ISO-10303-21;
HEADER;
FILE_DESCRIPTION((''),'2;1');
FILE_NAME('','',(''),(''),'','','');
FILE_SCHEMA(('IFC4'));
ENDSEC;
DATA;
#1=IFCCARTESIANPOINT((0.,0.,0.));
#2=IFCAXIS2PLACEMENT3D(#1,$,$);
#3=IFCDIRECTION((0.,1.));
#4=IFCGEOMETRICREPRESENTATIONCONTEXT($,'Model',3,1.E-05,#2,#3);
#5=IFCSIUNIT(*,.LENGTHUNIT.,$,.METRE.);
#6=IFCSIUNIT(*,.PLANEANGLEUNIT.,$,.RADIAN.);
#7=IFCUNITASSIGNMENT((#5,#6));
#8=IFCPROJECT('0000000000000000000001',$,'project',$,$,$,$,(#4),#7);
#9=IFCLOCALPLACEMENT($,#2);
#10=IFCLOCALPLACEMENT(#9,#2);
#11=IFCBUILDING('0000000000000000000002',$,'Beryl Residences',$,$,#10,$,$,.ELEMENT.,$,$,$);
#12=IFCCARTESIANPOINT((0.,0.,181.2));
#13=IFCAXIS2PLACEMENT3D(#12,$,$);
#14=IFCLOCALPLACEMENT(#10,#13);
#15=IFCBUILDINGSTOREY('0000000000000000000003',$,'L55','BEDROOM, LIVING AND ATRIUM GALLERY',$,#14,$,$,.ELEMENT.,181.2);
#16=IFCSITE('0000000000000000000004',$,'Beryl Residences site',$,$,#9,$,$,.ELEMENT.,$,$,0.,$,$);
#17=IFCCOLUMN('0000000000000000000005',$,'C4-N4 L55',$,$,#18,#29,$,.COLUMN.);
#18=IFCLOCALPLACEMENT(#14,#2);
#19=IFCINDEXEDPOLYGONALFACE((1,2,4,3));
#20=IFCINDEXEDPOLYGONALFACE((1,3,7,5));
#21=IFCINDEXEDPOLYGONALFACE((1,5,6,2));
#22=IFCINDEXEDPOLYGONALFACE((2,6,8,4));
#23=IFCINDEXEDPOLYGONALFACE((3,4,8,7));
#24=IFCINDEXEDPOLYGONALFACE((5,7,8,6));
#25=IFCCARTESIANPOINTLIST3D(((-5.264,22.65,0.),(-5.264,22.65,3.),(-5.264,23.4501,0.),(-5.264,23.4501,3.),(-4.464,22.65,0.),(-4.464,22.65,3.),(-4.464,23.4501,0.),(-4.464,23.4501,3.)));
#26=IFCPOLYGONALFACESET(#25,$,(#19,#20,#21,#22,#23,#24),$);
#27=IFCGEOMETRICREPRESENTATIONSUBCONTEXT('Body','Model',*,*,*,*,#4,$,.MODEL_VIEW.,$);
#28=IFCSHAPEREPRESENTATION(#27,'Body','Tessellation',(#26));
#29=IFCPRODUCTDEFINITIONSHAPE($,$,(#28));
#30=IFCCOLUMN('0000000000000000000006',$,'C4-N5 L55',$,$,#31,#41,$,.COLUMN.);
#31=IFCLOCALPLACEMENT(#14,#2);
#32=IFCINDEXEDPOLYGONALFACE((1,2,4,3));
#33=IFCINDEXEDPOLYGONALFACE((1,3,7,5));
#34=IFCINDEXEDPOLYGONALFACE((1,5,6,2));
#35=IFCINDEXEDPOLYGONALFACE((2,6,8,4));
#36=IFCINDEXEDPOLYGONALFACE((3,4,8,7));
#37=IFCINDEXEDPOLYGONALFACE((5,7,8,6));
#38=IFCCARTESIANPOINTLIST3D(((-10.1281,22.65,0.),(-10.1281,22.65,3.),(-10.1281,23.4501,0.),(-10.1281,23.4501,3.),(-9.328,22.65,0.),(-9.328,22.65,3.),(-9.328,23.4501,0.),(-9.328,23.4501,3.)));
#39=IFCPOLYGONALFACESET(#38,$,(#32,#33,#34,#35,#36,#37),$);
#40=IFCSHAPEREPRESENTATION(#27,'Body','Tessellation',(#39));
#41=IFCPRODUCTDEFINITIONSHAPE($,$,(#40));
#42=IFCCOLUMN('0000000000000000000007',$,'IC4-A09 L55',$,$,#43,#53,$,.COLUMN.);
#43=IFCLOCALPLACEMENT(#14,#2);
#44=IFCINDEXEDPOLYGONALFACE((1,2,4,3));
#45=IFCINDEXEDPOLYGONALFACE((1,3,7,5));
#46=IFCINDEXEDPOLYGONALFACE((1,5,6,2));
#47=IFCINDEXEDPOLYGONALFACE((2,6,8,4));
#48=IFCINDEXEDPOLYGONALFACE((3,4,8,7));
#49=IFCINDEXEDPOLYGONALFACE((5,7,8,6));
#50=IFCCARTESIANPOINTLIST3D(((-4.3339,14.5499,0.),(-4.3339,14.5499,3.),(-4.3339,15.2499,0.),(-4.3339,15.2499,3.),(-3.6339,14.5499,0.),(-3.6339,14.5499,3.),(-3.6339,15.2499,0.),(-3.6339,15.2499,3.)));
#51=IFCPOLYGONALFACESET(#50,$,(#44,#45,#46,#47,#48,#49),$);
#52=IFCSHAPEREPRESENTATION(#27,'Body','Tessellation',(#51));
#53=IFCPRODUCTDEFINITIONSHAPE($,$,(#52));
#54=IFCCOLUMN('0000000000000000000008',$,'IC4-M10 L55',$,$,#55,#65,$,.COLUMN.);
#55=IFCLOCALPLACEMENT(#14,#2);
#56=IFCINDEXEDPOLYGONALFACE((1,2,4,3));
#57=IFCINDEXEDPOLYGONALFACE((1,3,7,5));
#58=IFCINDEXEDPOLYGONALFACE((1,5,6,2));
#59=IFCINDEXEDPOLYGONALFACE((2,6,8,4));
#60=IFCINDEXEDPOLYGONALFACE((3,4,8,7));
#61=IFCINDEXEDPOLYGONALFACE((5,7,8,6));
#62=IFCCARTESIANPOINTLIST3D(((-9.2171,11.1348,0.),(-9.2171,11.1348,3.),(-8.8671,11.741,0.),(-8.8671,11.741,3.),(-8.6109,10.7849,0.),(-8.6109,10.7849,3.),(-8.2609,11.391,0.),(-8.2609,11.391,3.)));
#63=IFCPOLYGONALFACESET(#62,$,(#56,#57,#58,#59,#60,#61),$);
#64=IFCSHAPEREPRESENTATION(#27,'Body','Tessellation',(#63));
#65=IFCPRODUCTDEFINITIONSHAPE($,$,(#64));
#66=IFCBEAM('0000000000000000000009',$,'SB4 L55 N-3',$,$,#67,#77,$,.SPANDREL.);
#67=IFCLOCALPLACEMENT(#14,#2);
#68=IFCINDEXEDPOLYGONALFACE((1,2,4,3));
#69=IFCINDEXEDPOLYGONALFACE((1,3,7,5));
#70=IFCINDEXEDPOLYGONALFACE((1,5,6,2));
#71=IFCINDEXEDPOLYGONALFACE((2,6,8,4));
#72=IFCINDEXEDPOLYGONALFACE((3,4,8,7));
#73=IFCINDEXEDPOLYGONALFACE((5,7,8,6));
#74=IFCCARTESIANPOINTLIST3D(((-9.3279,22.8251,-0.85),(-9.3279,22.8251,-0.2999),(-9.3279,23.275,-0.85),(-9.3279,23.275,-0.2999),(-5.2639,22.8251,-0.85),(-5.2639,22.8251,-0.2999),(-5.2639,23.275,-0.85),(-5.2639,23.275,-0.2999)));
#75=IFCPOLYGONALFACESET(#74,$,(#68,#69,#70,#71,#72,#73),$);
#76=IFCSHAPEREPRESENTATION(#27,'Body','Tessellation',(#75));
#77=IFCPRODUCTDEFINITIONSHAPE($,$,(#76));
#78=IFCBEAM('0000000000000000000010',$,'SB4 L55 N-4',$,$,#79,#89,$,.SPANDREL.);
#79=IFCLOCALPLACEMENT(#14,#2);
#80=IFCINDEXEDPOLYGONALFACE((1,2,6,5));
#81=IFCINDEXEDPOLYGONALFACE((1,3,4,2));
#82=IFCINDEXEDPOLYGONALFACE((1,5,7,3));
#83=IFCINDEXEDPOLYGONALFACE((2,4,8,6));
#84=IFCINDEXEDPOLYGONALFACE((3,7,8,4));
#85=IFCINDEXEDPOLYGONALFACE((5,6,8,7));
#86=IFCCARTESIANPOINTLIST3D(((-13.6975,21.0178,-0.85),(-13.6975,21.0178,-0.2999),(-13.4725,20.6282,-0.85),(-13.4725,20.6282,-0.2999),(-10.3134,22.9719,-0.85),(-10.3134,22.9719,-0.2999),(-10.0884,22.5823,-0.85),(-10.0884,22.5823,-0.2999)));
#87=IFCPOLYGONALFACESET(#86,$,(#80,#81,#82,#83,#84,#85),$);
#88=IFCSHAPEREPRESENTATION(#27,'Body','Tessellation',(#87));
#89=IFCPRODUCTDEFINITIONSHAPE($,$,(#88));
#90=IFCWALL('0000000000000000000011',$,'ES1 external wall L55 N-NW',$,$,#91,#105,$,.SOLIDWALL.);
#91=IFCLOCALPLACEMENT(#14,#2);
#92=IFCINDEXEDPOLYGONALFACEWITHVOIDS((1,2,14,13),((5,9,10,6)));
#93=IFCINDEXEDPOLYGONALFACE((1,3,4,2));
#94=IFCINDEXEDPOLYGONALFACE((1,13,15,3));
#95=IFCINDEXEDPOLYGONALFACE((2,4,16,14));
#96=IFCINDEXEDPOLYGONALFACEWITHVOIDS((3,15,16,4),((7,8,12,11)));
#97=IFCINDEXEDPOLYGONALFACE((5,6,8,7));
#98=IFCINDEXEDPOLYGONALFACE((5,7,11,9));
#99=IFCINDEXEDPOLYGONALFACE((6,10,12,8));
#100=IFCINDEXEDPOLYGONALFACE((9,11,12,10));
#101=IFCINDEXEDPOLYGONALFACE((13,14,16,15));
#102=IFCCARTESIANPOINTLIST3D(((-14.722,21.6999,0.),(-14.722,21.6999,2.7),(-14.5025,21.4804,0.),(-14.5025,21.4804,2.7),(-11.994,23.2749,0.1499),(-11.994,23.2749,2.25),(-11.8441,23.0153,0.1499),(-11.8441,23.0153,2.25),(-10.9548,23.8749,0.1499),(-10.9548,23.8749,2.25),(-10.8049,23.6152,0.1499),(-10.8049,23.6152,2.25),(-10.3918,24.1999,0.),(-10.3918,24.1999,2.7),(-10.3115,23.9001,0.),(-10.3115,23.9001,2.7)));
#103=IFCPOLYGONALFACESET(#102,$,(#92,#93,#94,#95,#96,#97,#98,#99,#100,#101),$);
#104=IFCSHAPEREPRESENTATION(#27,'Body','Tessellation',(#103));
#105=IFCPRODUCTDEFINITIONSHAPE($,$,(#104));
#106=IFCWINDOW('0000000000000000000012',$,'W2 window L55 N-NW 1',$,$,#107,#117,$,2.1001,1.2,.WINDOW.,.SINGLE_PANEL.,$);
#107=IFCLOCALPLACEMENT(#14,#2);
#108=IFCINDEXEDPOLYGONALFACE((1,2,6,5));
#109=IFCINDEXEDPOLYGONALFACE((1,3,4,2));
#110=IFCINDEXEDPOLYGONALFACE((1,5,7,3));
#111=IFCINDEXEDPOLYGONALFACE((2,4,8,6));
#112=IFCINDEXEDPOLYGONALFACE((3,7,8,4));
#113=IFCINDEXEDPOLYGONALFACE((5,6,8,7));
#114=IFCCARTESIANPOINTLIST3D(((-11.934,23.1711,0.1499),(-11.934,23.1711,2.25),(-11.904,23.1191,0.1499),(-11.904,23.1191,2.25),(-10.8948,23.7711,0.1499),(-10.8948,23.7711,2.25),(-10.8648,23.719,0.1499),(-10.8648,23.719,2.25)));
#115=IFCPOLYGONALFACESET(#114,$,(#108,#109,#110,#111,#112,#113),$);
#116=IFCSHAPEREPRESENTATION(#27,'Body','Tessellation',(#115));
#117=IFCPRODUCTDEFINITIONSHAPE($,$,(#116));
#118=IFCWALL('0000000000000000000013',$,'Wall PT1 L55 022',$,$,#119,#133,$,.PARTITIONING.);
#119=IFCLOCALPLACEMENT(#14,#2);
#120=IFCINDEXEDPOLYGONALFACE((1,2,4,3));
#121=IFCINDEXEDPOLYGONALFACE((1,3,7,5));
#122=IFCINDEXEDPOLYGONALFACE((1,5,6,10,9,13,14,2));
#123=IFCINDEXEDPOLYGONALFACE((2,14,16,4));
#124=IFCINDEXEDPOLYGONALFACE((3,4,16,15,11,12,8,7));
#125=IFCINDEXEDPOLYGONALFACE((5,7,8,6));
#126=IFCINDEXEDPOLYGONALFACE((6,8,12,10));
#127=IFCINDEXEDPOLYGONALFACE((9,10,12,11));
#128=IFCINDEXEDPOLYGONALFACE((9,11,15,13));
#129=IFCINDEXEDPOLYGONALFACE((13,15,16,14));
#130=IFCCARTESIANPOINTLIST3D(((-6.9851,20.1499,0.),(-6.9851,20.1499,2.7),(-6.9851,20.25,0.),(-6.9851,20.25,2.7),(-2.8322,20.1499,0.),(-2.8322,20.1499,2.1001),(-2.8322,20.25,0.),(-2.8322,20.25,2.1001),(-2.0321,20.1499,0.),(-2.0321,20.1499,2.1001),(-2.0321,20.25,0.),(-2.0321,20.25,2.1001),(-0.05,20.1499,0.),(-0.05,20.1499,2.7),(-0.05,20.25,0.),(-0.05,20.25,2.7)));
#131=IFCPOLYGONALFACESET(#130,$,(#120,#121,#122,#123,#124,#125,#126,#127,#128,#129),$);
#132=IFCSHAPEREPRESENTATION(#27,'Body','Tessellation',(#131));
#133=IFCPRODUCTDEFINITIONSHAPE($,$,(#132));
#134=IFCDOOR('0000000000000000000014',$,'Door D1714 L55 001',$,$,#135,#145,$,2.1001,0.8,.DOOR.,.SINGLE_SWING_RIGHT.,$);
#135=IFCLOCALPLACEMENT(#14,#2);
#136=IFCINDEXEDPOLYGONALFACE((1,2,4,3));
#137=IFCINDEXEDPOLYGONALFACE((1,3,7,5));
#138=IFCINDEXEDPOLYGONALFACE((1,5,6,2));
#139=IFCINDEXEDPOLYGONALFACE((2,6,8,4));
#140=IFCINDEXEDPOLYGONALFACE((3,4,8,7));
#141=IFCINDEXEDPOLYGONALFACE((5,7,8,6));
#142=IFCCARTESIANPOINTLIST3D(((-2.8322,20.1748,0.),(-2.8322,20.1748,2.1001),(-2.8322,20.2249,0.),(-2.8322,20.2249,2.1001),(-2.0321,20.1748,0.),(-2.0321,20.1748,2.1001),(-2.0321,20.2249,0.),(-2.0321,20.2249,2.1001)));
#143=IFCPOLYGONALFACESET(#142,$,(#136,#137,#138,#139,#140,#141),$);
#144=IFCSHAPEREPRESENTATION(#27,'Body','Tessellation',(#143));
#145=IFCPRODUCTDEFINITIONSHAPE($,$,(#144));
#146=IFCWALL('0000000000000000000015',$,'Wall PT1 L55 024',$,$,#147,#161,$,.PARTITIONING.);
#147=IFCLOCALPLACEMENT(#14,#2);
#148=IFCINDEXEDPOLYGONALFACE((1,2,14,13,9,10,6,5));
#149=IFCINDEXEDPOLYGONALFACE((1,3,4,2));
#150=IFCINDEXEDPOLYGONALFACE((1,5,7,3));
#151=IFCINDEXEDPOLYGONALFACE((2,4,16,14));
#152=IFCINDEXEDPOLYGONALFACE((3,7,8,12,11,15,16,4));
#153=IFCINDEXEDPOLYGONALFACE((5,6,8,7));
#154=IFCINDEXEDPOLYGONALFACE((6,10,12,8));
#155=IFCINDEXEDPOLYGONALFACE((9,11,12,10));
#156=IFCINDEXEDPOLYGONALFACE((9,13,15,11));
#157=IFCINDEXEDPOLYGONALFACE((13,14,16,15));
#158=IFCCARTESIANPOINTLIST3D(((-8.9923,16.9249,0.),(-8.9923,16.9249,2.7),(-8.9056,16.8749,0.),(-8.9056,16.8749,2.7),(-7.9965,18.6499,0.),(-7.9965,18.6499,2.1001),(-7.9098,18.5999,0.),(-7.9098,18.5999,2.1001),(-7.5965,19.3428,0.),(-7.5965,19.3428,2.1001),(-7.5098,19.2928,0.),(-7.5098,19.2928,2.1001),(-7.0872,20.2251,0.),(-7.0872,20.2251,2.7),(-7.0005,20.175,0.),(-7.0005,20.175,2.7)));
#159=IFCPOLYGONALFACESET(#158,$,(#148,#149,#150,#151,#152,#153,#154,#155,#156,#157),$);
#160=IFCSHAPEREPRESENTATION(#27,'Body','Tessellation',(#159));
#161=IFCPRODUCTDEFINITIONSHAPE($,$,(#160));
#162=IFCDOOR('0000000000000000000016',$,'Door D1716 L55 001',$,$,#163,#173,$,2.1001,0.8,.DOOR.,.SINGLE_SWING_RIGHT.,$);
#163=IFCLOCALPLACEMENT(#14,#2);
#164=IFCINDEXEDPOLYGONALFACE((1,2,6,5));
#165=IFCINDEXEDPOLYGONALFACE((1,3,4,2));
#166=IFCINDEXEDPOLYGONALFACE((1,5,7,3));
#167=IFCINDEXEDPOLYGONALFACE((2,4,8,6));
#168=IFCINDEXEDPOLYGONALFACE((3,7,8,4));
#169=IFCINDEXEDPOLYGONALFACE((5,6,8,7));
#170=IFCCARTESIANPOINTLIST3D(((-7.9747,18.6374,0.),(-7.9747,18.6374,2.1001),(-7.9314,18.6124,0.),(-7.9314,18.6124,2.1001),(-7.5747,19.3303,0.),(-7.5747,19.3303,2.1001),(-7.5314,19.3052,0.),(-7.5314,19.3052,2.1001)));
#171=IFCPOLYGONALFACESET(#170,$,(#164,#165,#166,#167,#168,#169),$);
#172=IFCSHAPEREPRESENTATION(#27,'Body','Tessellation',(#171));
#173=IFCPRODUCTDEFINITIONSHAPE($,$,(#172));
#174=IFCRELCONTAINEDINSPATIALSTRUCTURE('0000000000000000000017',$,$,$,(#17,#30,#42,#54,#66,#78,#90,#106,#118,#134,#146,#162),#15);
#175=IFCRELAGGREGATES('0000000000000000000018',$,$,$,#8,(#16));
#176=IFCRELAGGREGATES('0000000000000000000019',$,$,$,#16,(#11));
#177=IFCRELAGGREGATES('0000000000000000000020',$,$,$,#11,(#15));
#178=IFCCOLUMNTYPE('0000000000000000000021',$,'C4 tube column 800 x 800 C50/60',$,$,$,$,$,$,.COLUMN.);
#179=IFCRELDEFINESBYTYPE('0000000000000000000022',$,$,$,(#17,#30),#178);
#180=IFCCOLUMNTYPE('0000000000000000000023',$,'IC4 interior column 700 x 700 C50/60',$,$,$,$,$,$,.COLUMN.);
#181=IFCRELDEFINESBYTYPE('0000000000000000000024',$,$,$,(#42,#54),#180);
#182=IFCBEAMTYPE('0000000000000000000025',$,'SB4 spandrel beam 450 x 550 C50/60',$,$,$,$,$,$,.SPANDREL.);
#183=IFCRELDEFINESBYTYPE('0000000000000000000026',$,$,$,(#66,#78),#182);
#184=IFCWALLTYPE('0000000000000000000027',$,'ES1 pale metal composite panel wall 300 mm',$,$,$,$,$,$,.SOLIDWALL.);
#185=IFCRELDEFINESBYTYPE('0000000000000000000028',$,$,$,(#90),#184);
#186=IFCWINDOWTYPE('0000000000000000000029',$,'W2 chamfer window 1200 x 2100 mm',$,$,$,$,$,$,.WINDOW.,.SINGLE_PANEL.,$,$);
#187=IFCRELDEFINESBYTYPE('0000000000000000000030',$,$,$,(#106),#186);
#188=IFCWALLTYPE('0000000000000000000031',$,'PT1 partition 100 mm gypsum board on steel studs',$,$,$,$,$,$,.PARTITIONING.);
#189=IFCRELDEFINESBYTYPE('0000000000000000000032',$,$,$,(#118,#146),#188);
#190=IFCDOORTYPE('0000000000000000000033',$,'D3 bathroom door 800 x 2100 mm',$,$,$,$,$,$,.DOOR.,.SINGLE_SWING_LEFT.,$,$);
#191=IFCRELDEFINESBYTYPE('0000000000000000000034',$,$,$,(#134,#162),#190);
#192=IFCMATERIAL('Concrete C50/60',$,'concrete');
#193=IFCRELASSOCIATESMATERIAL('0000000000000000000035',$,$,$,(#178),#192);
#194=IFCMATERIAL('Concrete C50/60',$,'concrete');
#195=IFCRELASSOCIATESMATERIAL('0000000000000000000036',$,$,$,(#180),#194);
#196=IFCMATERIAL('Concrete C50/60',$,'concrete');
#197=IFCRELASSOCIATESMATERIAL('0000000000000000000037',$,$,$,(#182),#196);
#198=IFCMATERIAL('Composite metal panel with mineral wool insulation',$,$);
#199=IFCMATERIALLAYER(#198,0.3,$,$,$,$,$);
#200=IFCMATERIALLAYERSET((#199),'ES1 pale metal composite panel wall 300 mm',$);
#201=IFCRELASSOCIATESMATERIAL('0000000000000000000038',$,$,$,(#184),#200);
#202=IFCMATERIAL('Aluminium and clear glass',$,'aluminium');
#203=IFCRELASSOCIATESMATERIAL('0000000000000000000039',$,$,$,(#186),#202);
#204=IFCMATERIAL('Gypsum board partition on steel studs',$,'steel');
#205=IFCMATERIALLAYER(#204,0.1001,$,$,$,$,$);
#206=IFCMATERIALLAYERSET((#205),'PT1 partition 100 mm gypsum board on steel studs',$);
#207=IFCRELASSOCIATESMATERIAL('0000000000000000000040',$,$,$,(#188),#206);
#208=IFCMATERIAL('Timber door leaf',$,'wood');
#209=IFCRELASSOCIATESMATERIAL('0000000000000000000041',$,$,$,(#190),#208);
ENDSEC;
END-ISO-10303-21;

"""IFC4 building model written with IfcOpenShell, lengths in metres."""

from ifc_helpers import new_model, si_unit, direction, frame, frame_2d, origin, origin_2d, place, context, subcontext, project, spatial, polyline, rectangle, outline, extrude, material, layer, layer_set, material_profile, profile_set, type_object, element, fill, save


model = new_model("IFC4")

# Units and contexts
model_context = context("Model", 3, precision=1e-05, world=origin(), true_north=direction((0.0, 1.0)))
body_context = subcontext(model_context, "Body", "Model", "MODEL_VIEW")
ifc_project = project(units=[si_unit("LENGTHUNIT", "METRE"), si_unit("PLANEANGLEUNIT", "RADIAN")], contexts=[model_context])

# Site, building, storey
site_placement = place(None, origin())
site = spatial("IfcSite", under=ifc_project, at=site_placement, Name="Beryl Residences site", CompositionType="ELEMENT", RefElevation=0.0)
building_placement = place(site_placement, origin())
building = spatial("IfcBuilding", under=site, at=building_placement, Name="Beryl Residences", CompositionType="ELEMENT")
storey_placement = place(building_placement, frame((0.0, 0.0, 181.2)))
storey = spatial("IfcBuildingStorey", under=building, at=storey_placement, Name="L55", Description="BEDROOM, LIVING AND ATRIUM GALLERY", CompositionType="ELEMENT", Elevation=181.2)

# Columns
ifc_material_1 = material(Name="Concrete C50/60", Category="concrete")
ifc_material_profile_1 = material_profile(ifc_material_1, rectangle(XDim=0.8, YDim=0.8, at=origin_2d()))
ifc_profile_set_1 = profile_set([ifc_material_profile_1], Name="Concrete C50/60")
column_type_1 = type_object("IfcColumnType", Name="C4 tube column 800 x 800 C50/60", PredefinedType="COLUMN", material=ifc_profile_set_1)
for number, where, z_axis, x_axis, name in (
    (1, (-4.864, 23.05, 0.0), (0.0, 0.0, 1.0), (-1.0, 0.0, 0.0), "C4-N4 L55"),
    (2, (-9.728, 23.05, 0.0), (0.0, 0.0, 1.0), (-1.0, 0.0, 0.0), "C4-N5 L55"),
):
    element("IfcColumn", number, at=place(storey_placement, frame(where, z_axis=z_axis, x_axis=x_axis)), inside=storey, type_object=column_type_1, Name=name, PredefinedType="COLUMN", context=body_context, shape_type="SweptSolid", body=[
        extrude(rectangle(XDim=0.8, YDim=0.8, at=origin_2d()), origin(), (0.0, 0.0, 1.0), 3.0),
    ])
ifc_material_2 = material(Name="Concrete C50/60", Category="concrete")
ifc_material_profile_2 = material_profile(ifc_material_2, rectangle(XDim=0.7, YDim=0.7, at=origin_2d()))
ifc_profile_set_2 = profile_set([ifc_material_profile_2], Name="Concrete C50/60")
column_type_2 = type_object("IfcColumnType", Name="IC4 interior column 700 x 700 C50/60", PredefinedType="COLUMN", material=ifc_profile_set_2)
for number, where, z_axis, x_axis, name in (
    (3, (-3.9839, 14.8999, 0.0), (0.0, 0.0, 1.0), (1.0, 0.0, 0.0), "IC4-A09 L55"),
    (4, (-8.739, 11.2629, 0.0), (0.0, 0.0, 1.0), (-0.5, -0.866025, 0.0), "IC4-M10 L55"),
):
    element("IfcColumn", number, at=place(storey_placement, frame(where, z_axis=z_axis, x_axis=x_axis)), inside=storey, type_object=column_type_2, Name=name, PredefinedType="COLUMN", context=body_context, shape_type="SweptSolid", body=[
        extrude(rectangle(XDim=0.7, YDim=0.7, at=origin_2d()), origin(), (0.0, 0.0, 1.0), 3.0),
    ])

# Beams
ifc_material_3 = material(Name="Concrete C50/60", Category="concrete")
ifc_material_profile_3 = material_profile(ifc_material_3, rectangle(XDim=0.45, YDim=0.55, at=origin_2d()))
ifc_profile_set_3 = profile_set([ifc_material_profile_3], Name="Concrete C50/60")
beam_type = type_object("IfcBeamType", Name="SB4 spandrel beam 450 x 550 C50/60", PredefinedType="SPANDREL", material=ifc_profile_set_3)
beam_1_placement = place(storey_placement, frame((-5.2639, 23.05, -0.575), z_axis=(-1.0, 0.0, 0.0), x_axis=(0.0, -1.0, 0.0)))
element("IfcBeam", 5, at=beam_1_placement, inside=storey, type_object=beam_type, Name="SB4 L55 N-3", PredefinedType="SPANDREL", context=body_context, shape_type="SweptSolid", body=[
    extrude(rectangle(XDim=0.45, YDim=0.55, at=origin_2d()), origin(), (0.0, 0.0, 1.0), 4.064),
])
beam_2_placement = place(storey_placement, frame((-10.2009, 22.7771, -0.575), z_axis=(-0.865989, -0.500063, 0.0), x_axis=(0.500063, -0.865989, 0.0)))
element("IfcBeam", 6, at=beam_2_placement, inside=storey, type_object=beam_type, Name="SB4 L55 N-4", PredefinedType="SPANDREL", context=body_context, shape_type="SweptSolid", body=[
    extrude(rectangle(XDim=0.45, YDim=0.55, at=origin_2d()), origin(), (0.0, 0.0, 1.0), 3.9077),
])

# Wall, opening, window
ifc_material_4 = material(Name="Composite metal panel with mineral wool insulation")
ifc_layer_1 = layer(ifc_material_4, 0.3)
ifc_layer_set_1 = layer_set([ifc_layer_1], Name="ES1 pale metal composite panel wall 300 mm")
wall_type_1 = type_object("IfcWallType", Name="ES1 pale metal composite panel wall 300 mm", PredefinedType="SOLIDWALL", material=ifc_layer_set_1)
wall_1_placement = place(storey_placement, frame((-10.3169, 24.0701, 0.0), z_axis=(0.0, 0.0, 1.0), x_axis=(-0.866023, -0.500004, 0.0)))
wall_1 = element("IfcWall", 7, at=wall_1_placement, inside=storey, type_object=wall_type_1, Name="ES1 external wall L55 N-NW", PredefinedType="SOLIDWALL", context=body_context, shape_type="SweptSolid", body=[
    extrude(outline(polyline([(0.0, -0.1499), (5.0, -0.1499), (4.9197, 0.1499), (0.0803, 0.1499), (0.0, -0.1499)])), origin(), (0.0, 0.0, 1.0), 2.7),
])
opening_1_placement = place(wall_1_placement, frame((0.6499, 0.0, 0.1499)))
opening_1 = element("IfcOpeningElement", 8, at=opening_1_placement, cuts=wall_1, PredefinedType="OPENING", context=body_context, shape_type="SweptSolid", body=[
    extrude(rectangle(XDim=1.2, YDim=2.1001, at=frame_2d((0.6001, 1.05))), frame((0.0, 0.1599, 0.0), z_axis=(0.0, -1.0, 0.0), x_axis=(1.0, 0.0, 0.0)), (0.0, 0.0, 1.0), 0.3201),
])
ifc_material_5 = material(Name="Aluminium and clear glass", Category="aluminium")
window_type = type_object("IfcWindowType", Name="W2 chamfer window 1200 x 2100 mm", PartitioningType="SINGLE_PANEL", PredefinedType="WINDOW", material=ifc_material_5)
window_placement = place(opening_1_placement, origin())
window = element("IfcWindow", 9, at=window_placement, inside=storey, type_object=window_type, Name="W2 window L55 N-NW 1", OverallHeight=2.1001, OverallWidth=1.2, PartitioningType="SINGLE_PANEL", PredefinedType="WINDOW", context=body_context, shape_type="SweptSolid", body=[
    extrude(rectangle(XDim=1.2, YDim=2.1001, at=frame_2d((0.6001, 1.05))), frame((0.0, 0.03, 0.0), z_axis=(0.0, -1.0, 0.0), x_axis=(1.0, 0.0, 0.0)), (0.0, 0.0, 1.0), 0.0601),
])
fill(opening_1, window)

# Walls, openings, doors
ifc_material_6 = material(Name="Gypsum board partition on steel studs", Category="steel")
ifc_layer_2 = layer(ifc_material_6, 0.1001)
ifc_layer_set_2 = layer_set([ifc_layer_2], Name="PT1 partition 100 mm gypsum board on steel studs")
wall_type_2 = type_object("IfcWallType", Name="PT1 partition 100 mm gypsum board on steel studs", PredefinedType="PARTITIONING", material=ifc_layer_set_2)
wall_2_placement = place(storey_placement, frame((-6.9851, 20.2, 0.0), z_axis=(0.0, 0.0, 1.0), x_axis=(1.0, 0.0, 0.0)))
wall_2 = element("IfcWall", 10, at=wall_2_placement, inside=storey, type_object=wall_type_2, Name="Wall PT1 L55 022", PredefinedType="PARTITIONING", context=body_context, shape_type="SweptSolid", body=[
    extrude(rectangle(XDim=6.9351, YDim=0.1001, at=frame_2d((3.4675, 0.0))), origin(), (0.0, 0.0, 1.0), 2.7),
])
opening_2_placement = place(wall_2_placement, frame((4.1531, 0.0, 0.0)))
opening_2 = element("IfcOpeningElement", 11, at=opening_2_placement, cuts=wall_2, PredefinedType="OPENING", context=body_context, shape_type="SweptSolid", body=[
    extrude(rectangle(XDim=0.8, YDim=2.1001, at=frame_2d((0.3999, 1.05))), frame((0.0, 0.0601, 0.0), z_axis=(0.0, -1.0, 0.0), x_axis=(1.0, 0.0, 0.0)), (0.0, 0.0, 1.0), 0.1201),
])
ifc_material_7 = material(Name="Timber door leaf", Category="wood")
door_type_1 = type_object("IfcDoorType", Name="D3 bathroom door 800 x 2100 mm", OperationType="SINGLE_SWING_LEFT", PredefinedType="DOOR", material=ifc_material_7)
door_1_placement = place(opening_2_placement, origin())
door_1 = element("IfcDoor", 12, at=door_1_placement, inside=storey, type_object=door_type_1, Name="Door D1714 L55 001", OperationType="SINGLE_SWING_RIGHT", OverallHeight=2.1001, OverallWidth=0.8, PredefinedType="DOOR", context=body_context, shape_type="SweptSolid", body=[
    extrude(rectangle(XDim=0.8, YDim=2.1001, at=frame_2d((0.3999, 1.05))), frame((0.0, 0.0249, 0.0), z_axis=(0.0, -1.0, 0.0), x_axis=(1.0, 0.0, 0.0)), (0.0, 0.0, 1.0), 0.05),
])
fill(opening_2, door_1)
wall_3_placement = place(storey_placement, frame((-8.949, 16.8999, 0.0), z_axis=(0.0, 0.0, 1.0), x_axis=(0.49995, 0.866054, 0.0)))
wall_3 = element("IfcWall", 13, at=wall_3_placement, inside=storey, type_object=wall_type_2, Name="Wall PT1 L55 024", PredefinedType="PARTITIONING", context=body_context, shape_type="SweptSolid", body=[
    extrude(rectangle(XDim=3.8105, YDim=0.1001, at=frame_2d((1.9053, 0.0))), origin(), (0.0, 0.0, 1.0), 2.7),
])
opening_3_placement = place(wall_3_placement, frame((1.9919, 0.0, 0.0)))
opening_3 = element("IfcOpeningElement", 14, at=opening_3_placement, cuts=wall_3, PredefinedType="OPENING", context=body_context, shape_type="SweptSolid", body=[
    extrude(rectangle(XDim=0.8, YDim=2.1001, at=frame_2d((0.3999, 1.05))), frame((0.0, 0.0601, 0.0), z_axis=(0.0, -1.0, 0.0), x_axis=(1.0, 0.0, 0.0)), (0.0, 0.0, 1.0), 0.1201),
])
door_2_placement = place(opening_3_placement, origin())
door_2 = element("IfcDoor", 15, at=door_2_placement, inside=storey, type_object=door_type_1, Name="Door D1716 L55 001", OperationType="SINGLE_SWING_RIGHT", OverallHeight=2.1001, OverallWidth=0.8, PredefinedType="DOOR", context=body_context, shape_type="SweptSolid", body=[
    extrude(rectangle(XDim=0.8, YDim=2.1001, at=frame_2d((0.3999, 1.05))), frame((0.0, 0.0249, 0.0), z_axis=(0.0, -1.0, 0.0), x_axis=(1.0, 0.0, 0.0)), (0.0, 0.0, 1.0), 0.05),
])
fill(opening_3, door_2)

save(model, "model.ifc")
